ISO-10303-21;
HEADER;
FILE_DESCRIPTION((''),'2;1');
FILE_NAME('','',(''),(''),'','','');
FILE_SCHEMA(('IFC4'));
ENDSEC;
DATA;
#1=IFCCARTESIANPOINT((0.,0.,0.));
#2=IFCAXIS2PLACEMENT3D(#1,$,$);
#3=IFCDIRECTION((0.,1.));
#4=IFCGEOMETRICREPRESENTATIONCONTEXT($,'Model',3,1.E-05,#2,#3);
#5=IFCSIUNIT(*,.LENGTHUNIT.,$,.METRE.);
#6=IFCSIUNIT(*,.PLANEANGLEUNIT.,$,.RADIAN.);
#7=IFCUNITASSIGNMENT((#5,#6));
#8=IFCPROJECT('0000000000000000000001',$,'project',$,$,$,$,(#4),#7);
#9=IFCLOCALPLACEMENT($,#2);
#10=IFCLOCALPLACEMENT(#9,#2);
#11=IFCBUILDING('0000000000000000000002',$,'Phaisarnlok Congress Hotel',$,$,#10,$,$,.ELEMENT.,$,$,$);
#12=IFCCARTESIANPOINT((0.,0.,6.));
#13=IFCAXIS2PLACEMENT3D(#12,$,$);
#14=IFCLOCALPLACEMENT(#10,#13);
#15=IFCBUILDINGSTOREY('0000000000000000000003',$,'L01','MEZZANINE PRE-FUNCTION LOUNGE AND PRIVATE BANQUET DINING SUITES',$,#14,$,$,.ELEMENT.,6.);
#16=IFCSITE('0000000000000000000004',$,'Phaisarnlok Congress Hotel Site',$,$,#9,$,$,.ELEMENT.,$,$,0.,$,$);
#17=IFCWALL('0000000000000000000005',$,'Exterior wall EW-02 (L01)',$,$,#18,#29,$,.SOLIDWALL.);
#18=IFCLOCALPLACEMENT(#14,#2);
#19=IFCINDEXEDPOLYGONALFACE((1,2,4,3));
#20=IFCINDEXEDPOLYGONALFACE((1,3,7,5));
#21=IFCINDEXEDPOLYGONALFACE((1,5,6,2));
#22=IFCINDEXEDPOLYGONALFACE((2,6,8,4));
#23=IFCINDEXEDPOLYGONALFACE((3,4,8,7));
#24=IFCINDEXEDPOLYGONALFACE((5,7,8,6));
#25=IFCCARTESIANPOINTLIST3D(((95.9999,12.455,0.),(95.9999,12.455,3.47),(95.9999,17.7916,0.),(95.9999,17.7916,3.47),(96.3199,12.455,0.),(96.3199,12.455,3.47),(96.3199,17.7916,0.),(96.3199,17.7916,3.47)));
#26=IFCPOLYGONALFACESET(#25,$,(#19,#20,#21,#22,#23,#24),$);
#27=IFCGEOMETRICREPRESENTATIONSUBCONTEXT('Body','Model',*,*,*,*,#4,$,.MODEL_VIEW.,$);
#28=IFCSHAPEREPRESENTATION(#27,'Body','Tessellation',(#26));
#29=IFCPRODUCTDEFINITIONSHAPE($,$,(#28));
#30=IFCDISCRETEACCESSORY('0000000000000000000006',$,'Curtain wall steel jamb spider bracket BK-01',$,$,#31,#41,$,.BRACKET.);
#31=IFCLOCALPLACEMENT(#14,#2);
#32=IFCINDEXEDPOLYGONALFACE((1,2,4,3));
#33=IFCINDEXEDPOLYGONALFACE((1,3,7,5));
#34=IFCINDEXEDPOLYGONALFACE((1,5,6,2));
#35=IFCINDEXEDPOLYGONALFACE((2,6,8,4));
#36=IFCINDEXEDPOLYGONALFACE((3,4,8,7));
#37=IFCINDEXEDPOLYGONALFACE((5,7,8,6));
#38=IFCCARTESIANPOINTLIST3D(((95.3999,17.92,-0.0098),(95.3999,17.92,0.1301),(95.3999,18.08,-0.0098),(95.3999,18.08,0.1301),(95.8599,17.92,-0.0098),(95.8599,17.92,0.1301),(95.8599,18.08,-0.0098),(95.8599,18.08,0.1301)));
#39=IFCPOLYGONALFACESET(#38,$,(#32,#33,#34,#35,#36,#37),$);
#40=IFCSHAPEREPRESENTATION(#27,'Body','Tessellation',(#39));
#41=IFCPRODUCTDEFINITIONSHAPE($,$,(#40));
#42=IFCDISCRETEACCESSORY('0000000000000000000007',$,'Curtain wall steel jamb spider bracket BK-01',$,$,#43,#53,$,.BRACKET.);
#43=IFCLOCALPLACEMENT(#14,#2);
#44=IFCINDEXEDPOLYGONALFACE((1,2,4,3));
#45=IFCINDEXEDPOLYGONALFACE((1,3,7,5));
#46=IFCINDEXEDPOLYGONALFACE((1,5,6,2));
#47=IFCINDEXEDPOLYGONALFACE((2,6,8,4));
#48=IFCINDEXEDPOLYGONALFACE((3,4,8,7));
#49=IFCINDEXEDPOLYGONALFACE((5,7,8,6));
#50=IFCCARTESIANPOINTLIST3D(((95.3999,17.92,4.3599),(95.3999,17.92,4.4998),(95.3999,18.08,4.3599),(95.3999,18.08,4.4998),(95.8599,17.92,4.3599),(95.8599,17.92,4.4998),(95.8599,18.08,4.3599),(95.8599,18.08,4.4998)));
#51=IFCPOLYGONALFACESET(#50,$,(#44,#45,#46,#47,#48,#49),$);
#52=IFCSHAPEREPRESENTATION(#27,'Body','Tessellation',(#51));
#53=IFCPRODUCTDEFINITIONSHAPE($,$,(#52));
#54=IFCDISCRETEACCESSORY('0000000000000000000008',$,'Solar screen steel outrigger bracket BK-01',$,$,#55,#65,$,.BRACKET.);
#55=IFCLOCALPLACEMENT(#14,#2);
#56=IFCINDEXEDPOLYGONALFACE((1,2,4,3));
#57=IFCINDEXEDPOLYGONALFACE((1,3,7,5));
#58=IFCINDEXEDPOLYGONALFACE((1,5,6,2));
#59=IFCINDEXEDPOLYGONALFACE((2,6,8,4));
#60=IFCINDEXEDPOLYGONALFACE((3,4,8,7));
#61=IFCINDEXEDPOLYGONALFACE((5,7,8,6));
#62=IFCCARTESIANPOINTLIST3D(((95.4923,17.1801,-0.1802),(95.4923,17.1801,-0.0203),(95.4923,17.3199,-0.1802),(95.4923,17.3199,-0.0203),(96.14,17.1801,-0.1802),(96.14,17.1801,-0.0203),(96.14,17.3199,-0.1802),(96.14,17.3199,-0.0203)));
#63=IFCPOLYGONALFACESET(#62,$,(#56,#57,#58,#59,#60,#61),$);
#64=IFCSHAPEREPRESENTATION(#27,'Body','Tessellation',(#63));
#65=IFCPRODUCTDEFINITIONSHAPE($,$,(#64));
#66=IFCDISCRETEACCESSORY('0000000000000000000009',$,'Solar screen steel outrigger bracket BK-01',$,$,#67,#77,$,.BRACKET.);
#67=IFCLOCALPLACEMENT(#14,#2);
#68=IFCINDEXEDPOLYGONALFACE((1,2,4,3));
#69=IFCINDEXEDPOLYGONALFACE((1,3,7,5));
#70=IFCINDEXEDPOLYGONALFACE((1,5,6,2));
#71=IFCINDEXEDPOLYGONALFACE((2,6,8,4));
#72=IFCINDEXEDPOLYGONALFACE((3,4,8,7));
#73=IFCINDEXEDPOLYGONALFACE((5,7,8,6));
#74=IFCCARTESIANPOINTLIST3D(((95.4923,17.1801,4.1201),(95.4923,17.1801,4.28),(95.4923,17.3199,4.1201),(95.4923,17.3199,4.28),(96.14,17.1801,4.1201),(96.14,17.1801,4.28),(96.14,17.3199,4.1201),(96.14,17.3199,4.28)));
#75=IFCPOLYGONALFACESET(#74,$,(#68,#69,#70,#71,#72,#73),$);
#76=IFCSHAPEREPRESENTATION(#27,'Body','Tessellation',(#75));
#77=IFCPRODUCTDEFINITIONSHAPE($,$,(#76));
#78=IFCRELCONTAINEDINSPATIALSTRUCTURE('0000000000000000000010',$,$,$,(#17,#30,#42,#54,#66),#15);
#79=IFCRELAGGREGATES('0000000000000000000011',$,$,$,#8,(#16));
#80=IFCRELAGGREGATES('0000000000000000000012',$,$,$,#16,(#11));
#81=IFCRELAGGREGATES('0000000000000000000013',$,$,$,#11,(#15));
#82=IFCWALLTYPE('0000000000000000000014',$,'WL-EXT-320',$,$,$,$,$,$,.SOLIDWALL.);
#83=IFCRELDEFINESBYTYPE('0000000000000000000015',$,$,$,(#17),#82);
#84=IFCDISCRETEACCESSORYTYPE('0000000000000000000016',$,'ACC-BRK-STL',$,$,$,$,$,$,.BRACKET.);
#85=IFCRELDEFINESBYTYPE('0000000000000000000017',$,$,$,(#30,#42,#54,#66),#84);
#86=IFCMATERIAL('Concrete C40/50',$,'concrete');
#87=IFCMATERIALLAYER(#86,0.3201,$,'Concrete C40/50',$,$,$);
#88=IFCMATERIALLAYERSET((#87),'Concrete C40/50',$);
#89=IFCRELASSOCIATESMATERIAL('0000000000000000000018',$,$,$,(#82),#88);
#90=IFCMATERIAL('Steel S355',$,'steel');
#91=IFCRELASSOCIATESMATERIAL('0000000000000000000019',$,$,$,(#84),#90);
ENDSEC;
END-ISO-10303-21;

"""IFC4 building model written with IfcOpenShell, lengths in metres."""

from ifc_helpers import new_model, si_unit, direction, frame, frame_2d, origin, origin_2d, place, context, subcontext, project, spatial, rectangle, extrude, material, layer, layer_set, type_object, element, save


model = new_model("IFC4")

# Units and contexts
model_context = context("Model", 3, precision=1e-05, world=origin(), true_north=direction((0.0, 1.0)))
body_context = subcontext(model_context, "Body", "Model", "MODEL_VIEW")
ifc_project = project(units=[si_unit("LENGTHUNIT", "METRE"), si_unit("PLANEANGLEUNIT", "RADIAN")], contexts=[model_context])

# Site, building, storey
site_placement = place(None, origin())
site = spatial("IfcSite", under=ifc_project, at=site_placement, Name="Phaisarnlok Congress Hotel Site", CompositionType="ELEMENT", RefElevation=0.0)
building_placement = place(site_placement, origin())
building = spatial("IfcBuilding", under=site, at=building_placement, Name="Phaisarnlok Congress Hotel", CompositionType="ELEMENT")
storey_placement = place(building_placement, frame((0.0, 0.0, 6.0)))
storey = spatial("IfcBuildingStorey", under=building, at=storey_placement, Name="L01", Description="MEZZANINE PRE-FUNCTION LOUNGE AND PRIVATE BANQUET DINING SUITES", CompositionType="ELEMENT", Elevation=6.0)

# Shared definitions
ifc_material_1 = material(Name="Steel S355", Category="steel")

# Shared definitions
ifc_material_2 = material(Name="Concrete C40/50", Category="concrete")

# Wall
ifc_layer_1 = layer(ifc_material_2, 0.3201, Name="Concrete C40/50")
ifc_layer_set_1 = layer_set([ifc_layer_1], Name="Concrete C40/50")
wall_type = type_object("IfcWallType", Name="WL-EXT-320", PredefinedType="SOLIDWALL", material=ifc_layer_set_1)
wall_placement = place(storey_placement, frame((96.1599, 17.7917, 0.0), z_axis=(0.0, 0.0, 1.0), x_axis=(0.0, -1.0, 0.0)))
element("IfcWall", 1, at=wall_placement, inside=storey, type_object=wall_type, Name="Exterior wall EW-02 (L01)", PredefinedType="SOLIDWALL", context=body_context, shape_type="SweptSolid", body=[
    extrude(rectangle(XDim=5.3367, YDim=0.3201, at=frame_2d((2.6685, 0.0))), origin(), (0.0, 0.0, 1.0), 3.47),
])

# Discrete accessories
discrete_accessory_type = type_object("IfcDiscreteAccessoryType", Name="ACC-BRK-STL", PredefinedType="BRACKET", material=ifc_material_1)
for number, where, z_axis, x_axis, name in (
    (2, (95.6299, 18.0, -0.0098), (0.0, 0.0, 1.0), (1.0, 0.0, 0.0), "Curtain wall steel jamb spider bracket BK-01"),
    (3, (95.6299, 18.0, 4.3599), (0.0, 0.0, 1.0), (1.0, 0.0, 0.0), "Curtain wall steel jamb spider bracket BK-01"),
):
    element("IfcDiscreteAccessory", number, at=place(storey_placement, frame(where, z_axis=z_axis, x_axis=x_axis)), inside=storey, type_object=discrete_accessory_type, Name=name, PredefinedType="BRACKET", context=body_context, shape_type="SweptSolid", body=[
        extrude(rectangle(XDim=0.46, YDim=0.1599, at=origin_2d()), origin(), (0.0, 0.0, 1.0), 0.1399),
    ])
for number, where, z_axis, x_axis, name in (
    (4, (95.8162, 17.25, -0.1802), (0.0, 0.0, 1.0), (1.0, 0.0, 0.0), "Solar screen steel outrigger bracket BK-01"),
    (5, (95.8162, 17.25, 4.1201), (0.0, 0.0, 1.0), (1.0, 0.0, 0.0), "Solar screen steel outrigger bracket BK-01"),
):
    element("IfcDiscreteAccessory", number, at=place(storey_placement, frame(where, z_axis=z_axis, x_axis=x_axis)), inside=storey, type_object=discrete_accessory_type, Name=name, PredefinedType="BRACKET", context=body_context, shape_type="SweptSolid", body=[
        extrude(rectangle(XDim=0.6477, YDim=0.1399, at=origin_2d()), origin(), (0.0, 0.0, 1.0), 0.1599),
    ])

save(model, "model.ifc")
